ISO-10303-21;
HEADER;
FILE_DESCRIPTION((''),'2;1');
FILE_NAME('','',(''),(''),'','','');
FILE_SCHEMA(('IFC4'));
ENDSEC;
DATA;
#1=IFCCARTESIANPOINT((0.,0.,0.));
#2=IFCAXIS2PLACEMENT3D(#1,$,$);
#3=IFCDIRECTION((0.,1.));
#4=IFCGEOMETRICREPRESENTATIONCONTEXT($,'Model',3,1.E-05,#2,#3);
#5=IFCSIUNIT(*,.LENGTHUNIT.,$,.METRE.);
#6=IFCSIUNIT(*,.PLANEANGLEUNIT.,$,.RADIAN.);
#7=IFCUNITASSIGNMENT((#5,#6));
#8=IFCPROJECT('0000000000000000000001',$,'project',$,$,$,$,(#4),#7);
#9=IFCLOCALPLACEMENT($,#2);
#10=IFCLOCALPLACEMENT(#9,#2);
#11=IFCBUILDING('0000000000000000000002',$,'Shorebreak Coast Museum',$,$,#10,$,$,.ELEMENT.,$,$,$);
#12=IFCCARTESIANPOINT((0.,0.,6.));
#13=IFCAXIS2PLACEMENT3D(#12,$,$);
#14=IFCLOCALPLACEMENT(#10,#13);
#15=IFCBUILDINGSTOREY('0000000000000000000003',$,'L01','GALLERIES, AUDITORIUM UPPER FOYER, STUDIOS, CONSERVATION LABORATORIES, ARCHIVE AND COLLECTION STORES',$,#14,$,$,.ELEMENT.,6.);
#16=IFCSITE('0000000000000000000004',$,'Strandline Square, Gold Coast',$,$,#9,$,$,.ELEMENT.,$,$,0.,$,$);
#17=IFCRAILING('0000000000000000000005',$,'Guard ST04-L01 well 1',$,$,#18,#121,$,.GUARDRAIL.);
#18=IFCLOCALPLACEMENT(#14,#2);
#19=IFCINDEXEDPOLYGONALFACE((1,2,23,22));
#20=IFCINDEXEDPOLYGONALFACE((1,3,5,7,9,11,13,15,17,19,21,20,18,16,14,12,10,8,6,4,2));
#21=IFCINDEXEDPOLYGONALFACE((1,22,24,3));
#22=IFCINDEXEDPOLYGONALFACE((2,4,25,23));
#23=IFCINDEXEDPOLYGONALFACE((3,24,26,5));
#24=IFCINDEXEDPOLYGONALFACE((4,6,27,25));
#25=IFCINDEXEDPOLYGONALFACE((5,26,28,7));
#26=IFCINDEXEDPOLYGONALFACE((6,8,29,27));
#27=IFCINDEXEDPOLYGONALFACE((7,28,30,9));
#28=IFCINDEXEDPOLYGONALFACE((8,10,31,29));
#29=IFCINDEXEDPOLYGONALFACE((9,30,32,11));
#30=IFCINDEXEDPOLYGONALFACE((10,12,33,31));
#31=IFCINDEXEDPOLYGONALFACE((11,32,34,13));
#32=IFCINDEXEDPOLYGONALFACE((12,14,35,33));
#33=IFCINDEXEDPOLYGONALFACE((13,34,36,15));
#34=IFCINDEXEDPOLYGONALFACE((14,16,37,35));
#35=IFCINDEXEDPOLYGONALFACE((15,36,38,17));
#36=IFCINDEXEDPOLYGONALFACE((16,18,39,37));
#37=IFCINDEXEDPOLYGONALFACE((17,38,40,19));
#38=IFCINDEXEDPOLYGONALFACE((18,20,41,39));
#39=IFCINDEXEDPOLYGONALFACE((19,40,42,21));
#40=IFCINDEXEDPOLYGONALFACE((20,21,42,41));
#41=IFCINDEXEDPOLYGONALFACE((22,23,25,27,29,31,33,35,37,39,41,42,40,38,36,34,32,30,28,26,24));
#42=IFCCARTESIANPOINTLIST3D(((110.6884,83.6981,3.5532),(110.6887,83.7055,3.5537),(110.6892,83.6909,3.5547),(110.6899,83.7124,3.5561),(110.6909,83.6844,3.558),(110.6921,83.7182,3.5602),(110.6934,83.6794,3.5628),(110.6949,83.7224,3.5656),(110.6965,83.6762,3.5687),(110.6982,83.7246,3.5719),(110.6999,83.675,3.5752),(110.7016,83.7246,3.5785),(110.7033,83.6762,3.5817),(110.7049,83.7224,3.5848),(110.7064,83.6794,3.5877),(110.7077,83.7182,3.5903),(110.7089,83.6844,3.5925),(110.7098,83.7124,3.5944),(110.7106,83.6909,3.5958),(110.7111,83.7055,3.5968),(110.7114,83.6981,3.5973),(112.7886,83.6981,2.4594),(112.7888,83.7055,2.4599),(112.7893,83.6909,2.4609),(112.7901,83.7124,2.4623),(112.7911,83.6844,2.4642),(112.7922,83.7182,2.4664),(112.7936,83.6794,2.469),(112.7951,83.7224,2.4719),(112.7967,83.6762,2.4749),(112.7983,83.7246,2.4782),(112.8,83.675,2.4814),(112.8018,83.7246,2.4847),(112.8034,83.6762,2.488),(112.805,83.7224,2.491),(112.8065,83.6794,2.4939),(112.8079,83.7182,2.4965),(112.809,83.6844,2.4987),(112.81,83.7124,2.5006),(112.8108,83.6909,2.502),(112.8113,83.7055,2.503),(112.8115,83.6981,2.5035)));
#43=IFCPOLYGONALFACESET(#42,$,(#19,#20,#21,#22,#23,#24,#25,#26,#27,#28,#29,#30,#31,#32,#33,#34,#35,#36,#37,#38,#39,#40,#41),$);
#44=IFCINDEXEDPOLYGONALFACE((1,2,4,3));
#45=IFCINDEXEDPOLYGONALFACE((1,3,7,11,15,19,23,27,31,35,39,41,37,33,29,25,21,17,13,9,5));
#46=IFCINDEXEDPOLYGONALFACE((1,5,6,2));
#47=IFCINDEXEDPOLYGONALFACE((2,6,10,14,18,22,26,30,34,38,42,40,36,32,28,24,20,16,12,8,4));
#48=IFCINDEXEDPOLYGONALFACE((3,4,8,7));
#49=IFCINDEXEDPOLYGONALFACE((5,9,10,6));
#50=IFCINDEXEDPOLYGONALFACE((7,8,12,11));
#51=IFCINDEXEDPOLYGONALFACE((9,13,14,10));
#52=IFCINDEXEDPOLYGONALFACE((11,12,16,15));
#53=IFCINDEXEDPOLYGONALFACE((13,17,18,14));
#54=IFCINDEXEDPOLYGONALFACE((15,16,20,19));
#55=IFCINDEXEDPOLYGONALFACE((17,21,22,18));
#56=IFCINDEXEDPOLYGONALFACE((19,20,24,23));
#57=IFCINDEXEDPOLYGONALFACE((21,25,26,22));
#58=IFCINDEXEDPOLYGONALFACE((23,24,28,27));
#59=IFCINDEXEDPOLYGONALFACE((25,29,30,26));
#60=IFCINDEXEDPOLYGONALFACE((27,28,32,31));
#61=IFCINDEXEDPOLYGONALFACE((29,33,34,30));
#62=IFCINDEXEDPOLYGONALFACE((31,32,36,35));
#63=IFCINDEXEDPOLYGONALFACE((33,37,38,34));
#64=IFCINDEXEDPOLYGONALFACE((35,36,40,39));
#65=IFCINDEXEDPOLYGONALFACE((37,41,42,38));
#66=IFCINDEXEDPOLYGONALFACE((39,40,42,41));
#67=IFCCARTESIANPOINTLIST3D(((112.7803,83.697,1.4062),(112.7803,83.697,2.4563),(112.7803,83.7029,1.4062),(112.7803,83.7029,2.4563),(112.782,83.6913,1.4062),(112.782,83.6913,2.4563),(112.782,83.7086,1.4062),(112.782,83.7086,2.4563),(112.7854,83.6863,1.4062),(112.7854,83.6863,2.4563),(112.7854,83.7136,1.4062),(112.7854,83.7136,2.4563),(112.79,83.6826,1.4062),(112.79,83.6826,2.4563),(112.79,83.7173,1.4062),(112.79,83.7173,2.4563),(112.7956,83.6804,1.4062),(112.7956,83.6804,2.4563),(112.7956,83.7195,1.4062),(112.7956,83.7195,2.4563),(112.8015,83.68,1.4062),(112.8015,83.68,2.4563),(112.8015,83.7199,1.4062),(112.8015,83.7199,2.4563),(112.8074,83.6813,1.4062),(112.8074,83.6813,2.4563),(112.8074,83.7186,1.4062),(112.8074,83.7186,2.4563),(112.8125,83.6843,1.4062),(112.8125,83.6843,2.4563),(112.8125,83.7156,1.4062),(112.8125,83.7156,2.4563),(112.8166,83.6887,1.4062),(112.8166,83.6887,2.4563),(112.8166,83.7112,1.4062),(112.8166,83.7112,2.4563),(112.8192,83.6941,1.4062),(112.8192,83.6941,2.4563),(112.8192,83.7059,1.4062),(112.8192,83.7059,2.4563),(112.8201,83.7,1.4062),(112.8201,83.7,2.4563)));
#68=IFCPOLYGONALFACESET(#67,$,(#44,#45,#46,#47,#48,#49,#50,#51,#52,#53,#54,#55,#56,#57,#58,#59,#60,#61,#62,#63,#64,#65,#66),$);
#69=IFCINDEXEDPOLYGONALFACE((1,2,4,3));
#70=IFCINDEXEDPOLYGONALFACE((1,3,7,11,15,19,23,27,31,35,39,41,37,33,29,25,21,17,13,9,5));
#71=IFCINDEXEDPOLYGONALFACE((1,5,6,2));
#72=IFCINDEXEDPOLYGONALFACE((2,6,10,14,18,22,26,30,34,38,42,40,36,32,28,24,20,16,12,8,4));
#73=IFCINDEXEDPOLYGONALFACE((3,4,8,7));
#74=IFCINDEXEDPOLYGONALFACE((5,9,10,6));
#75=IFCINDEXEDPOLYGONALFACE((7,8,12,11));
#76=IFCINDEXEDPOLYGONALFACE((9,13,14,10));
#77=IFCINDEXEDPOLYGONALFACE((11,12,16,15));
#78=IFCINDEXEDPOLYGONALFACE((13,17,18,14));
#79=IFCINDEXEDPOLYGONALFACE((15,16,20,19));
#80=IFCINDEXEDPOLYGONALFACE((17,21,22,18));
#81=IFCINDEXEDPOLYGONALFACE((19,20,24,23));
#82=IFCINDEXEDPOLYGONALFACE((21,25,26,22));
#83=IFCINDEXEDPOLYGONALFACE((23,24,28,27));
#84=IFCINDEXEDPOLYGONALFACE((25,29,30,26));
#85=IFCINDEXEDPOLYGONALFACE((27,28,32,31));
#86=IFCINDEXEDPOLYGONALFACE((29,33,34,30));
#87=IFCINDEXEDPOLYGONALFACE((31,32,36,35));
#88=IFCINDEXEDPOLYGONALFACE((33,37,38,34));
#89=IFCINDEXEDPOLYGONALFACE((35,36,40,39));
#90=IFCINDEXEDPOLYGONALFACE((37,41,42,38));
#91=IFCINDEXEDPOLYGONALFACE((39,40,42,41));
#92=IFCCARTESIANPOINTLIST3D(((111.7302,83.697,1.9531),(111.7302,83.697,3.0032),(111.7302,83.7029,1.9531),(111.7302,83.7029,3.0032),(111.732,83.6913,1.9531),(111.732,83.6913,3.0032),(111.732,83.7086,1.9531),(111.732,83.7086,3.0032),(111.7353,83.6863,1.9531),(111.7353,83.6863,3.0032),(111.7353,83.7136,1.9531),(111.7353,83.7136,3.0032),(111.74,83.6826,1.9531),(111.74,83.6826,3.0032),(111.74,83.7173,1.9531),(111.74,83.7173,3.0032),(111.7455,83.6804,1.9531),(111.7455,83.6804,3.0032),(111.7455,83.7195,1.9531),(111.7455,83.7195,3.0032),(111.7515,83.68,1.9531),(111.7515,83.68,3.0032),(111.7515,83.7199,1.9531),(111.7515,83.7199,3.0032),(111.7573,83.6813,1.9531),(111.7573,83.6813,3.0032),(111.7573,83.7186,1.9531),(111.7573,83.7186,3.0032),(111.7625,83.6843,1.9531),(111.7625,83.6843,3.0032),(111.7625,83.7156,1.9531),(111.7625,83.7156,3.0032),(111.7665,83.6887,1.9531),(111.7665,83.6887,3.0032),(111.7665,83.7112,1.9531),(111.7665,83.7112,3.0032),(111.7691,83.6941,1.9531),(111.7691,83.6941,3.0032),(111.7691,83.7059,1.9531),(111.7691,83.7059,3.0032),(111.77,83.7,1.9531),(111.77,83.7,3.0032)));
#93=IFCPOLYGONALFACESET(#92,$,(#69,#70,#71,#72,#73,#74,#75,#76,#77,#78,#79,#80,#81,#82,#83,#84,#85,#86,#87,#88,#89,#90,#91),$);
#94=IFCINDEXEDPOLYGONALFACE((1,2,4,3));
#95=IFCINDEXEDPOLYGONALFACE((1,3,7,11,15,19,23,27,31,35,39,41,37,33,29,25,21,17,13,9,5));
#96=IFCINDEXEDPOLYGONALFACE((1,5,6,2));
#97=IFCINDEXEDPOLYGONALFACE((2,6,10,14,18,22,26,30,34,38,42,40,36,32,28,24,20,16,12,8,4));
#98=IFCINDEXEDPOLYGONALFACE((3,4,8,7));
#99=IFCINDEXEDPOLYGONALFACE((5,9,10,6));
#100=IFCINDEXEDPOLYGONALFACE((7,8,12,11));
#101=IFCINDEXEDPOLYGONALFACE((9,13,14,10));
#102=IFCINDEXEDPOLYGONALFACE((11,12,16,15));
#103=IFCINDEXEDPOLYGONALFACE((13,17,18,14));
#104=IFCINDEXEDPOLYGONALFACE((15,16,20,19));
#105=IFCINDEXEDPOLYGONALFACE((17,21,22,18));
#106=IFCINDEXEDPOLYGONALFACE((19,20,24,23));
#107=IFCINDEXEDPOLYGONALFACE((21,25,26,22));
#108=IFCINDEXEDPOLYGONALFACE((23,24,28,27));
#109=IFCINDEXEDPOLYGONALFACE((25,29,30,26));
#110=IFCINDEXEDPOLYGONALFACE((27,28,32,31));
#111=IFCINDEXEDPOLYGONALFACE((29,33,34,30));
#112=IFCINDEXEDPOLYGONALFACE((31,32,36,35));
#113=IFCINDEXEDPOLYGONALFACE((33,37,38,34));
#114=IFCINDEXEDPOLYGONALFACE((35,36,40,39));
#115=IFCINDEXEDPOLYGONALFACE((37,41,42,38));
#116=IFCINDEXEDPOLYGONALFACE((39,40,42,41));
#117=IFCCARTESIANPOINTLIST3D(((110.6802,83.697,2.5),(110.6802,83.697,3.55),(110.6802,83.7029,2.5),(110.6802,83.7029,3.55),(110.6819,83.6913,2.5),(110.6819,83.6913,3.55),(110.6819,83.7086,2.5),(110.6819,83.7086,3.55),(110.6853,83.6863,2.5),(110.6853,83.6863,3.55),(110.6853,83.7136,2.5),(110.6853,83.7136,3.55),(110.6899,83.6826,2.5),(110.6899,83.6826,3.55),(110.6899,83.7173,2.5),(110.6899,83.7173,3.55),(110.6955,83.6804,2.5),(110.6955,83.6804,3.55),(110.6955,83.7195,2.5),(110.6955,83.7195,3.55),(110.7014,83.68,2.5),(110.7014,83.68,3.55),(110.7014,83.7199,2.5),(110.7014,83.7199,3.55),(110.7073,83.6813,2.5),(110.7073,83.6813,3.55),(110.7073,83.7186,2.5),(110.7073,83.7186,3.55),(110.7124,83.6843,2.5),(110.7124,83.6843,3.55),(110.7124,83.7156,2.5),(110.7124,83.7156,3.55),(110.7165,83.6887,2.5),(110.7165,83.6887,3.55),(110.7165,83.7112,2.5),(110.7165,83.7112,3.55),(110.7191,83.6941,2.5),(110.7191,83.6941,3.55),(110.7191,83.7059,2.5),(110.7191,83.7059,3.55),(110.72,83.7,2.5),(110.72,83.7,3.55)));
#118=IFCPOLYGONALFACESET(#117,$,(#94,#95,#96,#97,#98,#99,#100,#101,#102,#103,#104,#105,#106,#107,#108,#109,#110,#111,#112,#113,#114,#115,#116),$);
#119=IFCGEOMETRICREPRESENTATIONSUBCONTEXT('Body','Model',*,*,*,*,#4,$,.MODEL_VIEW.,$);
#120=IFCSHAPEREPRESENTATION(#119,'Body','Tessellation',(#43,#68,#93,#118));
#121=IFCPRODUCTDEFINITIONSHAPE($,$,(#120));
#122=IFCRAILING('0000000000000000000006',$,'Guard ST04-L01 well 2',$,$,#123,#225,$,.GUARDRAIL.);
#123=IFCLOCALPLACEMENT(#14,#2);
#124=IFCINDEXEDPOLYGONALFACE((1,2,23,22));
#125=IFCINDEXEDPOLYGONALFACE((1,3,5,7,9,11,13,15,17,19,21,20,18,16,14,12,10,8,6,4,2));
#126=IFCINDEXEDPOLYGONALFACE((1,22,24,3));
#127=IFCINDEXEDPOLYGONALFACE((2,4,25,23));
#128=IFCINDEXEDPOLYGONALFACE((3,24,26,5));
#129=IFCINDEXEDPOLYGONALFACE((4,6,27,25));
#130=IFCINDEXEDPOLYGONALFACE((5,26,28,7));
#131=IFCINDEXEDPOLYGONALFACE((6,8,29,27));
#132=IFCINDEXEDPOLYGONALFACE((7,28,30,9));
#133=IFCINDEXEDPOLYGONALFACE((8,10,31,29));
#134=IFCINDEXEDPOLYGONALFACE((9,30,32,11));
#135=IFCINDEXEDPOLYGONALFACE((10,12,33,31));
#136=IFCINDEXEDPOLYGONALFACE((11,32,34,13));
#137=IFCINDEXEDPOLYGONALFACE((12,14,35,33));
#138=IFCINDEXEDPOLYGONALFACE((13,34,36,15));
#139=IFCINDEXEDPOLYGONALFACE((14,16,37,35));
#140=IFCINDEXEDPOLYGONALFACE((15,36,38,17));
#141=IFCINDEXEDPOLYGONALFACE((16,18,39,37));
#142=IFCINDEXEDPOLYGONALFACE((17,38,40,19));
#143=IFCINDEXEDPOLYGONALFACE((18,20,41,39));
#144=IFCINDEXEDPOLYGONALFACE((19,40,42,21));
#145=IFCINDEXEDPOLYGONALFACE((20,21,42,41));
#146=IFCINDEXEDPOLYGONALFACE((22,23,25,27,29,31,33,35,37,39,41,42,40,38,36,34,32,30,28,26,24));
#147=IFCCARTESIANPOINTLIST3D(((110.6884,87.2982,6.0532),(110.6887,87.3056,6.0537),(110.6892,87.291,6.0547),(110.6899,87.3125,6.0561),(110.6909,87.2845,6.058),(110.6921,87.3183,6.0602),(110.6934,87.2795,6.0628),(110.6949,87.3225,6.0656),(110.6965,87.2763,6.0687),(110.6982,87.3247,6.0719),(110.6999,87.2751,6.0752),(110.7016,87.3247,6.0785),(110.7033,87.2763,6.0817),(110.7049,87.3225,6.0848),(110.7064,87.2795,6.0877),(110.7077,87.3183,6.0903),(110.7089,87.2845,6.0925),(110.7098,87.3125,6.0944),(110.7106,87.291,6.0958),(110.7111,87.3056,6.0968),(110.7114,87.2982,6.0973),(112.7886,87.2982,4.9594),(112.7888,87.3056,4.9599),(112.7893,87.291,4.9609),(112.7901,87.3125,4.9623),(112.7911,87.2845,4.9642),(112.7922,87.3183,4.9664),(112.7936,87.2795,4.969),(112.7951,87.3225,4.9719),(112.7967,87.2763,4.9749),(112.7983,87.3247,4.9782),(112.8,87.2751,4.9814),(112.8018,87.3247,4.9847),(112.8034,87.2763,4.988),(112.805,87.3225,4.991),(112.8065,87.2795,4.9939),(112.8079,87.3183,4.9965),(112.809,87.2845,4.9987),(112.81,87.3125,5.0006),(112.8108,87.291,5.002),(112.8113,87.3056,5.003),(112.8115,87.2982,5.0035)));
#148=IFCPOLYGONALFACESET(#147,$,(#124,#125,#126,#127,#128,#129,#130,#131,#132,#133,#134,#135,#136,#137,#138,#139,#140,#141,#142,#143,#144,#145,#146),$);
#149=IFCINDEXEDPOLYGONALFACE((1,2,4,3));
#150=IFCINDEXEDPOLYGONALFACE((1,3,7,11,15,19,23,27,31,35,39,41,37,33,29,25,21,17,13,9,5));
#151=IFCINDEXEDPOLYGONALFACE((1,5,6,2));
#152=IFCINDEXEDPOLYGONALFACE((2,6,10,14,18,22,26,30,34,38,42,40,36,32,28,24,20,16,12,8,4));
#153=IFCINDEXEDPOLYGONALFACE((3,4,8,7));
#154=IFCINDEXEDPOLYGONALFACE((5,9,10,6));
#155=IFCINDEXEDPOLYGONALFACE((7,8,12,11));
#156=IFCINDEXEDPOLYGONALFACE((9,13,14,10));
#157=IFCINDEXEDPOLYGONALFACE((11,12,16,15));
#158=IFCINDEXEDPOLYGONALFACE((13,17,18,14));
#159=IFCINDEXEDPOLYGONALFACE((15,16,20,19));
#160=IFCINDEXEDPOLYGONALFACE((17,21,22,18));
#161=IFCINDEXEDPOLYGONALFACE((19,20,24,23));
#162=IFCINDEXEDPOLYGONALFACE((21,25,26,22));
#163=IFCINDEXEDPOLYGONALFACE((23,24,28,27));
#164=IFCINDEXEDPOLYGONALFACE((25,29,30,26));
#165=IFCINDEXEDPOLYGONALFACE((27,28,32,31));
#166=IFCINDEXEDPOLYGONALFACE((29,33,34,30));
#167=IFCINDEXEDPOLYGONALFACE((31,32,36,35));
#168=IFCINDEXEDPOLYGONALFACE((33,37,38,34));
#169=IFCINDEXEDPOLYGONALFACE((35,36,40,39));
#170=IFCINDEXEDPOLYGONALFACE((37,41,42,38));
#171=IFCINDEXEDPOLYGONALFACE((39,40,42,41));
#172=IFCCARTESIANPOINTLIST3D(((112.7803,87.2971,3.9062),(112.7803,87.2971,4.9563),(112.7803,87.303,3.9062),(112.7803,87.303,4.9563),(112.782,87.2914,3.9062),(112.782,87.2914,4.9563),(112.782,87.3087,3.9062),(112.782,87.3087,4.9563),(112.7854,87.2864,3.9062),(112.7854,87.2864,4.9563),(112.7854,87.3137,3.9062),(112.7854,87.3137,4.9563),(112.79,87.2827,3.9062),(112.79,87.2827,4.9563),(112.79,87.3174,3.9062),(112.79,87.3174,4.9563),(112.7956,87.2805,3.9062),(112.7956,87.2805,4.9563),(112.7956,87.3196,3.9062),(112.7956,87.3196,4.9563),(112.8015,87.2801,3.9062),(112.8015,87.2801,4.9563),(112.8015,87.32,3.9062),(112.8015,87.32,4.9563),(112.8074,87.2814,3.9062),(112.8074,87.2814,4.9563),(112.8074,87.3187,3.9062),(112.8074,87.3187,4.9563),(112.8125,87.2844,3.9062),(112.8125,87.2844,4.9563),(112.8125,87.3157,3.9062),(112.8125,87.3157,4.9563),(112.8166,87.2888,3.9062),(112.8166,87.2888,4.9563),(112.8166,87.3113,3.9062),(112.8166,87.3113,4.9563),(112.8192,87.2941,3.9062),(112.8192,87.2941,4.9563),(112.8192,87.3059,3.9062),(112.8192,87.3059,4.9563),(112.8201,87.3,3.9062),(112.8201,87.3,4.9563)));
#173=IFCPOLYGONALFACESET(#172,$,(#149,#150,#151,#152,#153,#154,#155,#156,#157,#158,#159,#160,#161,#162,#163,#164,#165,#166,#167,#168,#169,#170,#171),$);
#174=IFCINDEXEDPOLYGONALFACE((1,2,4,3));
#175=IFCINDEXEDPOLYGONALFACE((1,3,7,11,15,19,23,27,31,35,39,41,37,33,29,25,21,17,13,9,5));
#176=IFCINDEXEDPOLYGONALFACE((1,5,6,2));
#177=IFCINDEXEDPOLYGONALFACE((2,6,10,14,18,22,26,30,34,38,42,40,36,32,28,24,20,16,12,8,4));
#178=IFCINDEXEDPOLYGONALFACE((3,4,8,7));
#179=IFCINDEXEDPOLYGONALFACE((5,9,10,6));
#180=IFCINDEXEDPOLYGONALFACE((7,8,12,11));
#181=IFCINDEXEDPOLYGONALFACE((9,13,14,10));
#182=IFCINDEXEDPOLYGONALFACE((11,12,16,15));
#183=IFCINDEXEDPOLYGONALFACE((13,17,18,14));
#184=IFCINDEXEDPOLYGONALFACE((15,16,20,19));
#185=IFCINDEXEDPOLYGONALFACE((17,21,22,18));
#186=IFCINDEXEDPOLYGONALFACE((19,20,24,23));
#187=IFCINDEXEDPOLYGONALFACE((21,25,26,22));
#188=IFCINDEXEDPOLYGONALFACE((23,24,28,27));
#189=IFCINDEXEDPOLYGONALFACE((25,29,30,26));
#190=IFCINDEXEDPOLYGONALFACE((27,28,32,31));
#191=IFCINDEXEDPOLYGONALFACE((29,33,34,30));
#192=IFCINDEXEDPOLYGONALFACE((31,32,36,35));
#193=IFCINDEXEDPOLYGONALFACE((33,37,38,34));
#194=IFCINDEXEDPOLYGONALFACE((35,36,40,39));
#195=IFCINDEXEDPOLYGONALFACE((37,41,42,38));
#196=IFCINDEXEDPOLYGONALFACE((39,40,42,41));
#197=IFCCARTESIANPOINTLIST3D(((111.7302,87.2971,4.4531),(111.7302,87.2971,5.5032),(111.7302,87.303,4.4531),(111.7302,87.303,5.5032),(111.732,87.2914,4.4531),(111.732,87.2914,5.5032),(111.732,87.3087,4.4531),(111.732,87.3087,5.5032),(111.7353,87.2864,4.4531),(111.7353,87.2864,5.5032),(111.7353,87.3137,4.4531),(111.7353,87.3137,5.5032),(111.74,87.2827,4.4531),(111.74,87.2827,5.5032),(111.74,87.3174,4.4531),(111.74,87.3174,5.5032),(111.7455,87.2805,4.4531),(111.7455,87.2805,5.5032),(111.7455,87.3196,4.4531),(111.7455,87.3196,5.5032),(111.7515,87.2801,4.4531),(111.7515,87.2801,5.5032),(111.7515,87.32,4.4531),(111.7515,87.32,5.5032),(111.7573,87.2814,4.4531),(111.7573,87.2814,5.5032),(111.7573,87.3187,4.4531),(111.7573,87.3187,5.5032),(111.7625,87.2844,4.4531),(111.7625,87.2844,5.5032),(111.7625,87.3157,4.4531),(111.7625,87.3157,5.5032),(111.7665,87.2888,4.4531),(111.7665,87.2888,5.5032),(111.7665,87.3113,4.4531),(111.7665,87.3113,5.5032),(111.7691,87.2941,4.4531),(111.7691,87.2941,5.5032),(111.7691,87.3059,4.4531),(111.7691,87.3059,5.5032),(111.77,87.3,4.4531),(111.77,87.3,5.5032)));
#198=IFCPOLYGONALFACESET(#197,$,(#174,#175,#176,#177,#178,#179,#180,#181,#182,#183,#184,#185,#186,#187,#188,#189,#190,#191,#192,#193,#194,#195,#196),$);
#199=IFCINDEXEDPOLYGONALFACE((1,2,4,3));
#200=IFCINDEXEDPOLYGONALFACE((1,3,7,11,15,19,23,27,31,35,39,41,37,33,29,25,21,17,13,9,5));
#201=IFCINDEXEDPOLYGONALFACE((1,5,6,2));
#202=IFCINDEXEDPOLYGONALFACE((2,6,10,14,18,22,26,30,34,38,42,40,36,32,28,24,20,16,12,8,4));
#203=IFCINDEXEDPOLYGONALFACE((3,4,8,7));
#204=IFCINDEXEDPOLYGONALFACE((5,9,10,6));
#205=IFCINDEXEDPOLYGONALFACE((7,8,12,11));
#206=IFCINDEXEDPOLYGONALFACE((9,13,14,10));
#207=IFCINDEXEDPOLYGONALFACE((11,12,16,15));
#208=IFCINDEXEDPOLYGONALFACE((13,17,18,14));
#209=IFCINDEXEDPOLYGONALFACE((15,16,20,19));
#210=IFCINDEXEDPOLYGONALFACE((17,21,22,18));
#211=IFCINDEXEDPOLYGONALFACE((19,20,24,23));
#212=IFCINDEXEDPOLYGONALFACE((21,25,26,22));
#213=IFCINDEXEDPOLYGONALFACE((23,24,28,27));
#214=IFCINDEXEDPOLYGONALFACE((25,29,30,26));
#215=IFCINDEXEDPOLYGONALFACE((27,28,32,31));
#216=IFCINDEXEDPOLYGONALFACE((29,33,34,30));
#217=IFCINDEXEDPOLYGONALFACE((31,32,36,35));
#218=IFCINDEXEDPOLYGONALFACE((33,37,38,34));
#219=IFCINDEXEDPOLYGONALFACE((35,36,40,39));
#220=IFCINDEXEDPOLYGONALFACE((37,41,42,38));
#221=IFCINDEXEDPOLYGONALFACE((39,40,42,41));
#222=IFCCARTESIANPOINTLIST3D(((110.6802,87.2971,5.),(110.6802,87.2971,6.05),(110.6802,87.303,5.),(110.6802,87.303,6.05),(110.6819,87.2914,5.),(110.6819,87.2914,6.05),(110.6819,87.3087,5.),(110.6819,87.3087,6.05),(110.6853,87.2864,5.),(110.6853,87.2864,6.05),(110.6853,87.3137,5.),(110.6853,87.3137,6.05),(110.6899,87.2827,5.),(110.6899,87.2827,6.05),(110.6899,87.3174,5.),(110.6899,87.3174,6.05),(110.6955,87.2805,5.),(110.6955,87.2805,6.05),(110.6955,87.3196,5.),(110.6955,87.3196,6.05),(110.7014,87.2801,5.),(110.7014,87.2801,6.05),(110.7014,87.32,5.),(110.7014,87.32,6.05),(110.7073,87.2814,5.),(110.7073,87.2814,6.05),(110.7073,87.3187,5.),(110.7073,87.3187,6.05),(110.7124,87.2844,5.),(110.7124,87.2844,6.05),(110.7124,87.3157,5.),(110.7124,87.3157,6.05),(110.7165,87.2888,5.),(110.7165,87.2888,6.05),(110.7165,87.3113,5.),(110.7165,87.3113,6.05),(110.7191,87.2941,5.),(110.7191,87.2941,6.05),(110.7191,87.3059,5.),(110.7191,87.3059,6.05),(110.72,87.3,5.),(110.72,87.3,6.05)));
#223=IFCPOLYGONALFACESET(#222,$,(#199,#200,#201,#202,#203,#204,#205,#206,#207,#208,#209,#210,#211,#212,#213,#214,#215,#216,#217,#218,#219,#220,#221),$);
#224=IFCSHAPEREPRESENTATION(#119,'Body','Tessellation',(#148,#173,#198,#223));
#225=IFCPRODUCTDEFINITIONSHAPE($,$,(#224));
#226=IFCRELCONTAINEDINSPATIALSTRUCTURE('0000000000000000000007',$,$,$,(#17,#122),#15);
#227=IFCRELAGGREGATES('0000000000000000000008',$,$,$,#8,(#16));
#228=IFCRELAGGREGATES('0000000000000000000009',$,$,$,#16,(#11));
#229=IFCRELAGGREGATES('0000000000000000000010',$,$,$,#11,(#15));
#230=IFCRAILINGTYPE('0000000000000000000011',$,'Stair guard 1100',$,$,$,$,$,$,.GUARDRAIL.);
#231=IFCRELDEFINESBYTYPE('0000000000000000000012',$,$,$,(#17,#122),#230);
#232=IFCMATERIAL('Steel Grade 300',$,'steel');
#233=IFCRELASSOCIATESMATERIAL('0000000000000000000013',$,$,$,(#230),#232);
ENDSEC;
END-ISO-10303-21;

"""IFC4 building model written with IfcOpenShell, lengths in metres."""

from ifc_helpers import new_model, si_unit, direction, frame, origin, origin_2d, place, context, subcontext, project, spatial, circle, extrude, material, type_object, element, save


model = new_model("IFC4")

# Units and contexts
model_context = context("Model", 3, precision=1e-05, world=origin(), true_north=direction((0.0, 1.0)))
body_context = subcontext(model_context, "Body", "Model", "MODEL_VIEW")
ifc_project = project(units=[si_unit("LENGTHUNIT", "METRE"), si_unit("PLANEANGLEUNIT", "RADIAN")], contexts=[model_context])

# Site, building, storey
site_placement = place(None, origin())
site = spatial("IfcSite", under=ifc_project, at=site_placement, Name="Strandline Square, Gold Coast", CompositionType="ELEMENT", RefElevation=0.0)
building_placement = place(site_placement, origin())
building = spatial("IfcBuilding", under=site, at=building_placement, Name="Shorebreak Coast Museum", CompositionType="ELEMENT")
storey_placement = place(building_placement, frame((0.0, 0.0, 6.0)))
storey = spatial("IfcBuildingStorey", under=building, at=storey_placement, Name="L01", Description="GALLERIES, AUDITORIUM UPPER FOYER, STUDIOS, CONSERVATION LABORATORIES, ARCHIVE AND COLLECTION STORES", CompositionType="ELEMENT", Elevation=6.0)

# Railings
ifc_material_1 = material(Name="Steel Grade 300", Category="steel")
railing_type_1 = type_object("IfcRailingType", Name="Stair guard 1100", PredefinedType="GUARDRAIL", material=ifc_material_1)
for number, where, name in (
    (1, (112.8, 83.7, 1.4062), "Guard ST04-L01 well 1"),
    (2, (112.8, 87.3, 3.9062), "Guard ST04-L01 well 2"),
):
    element("IfcRailing", number, at=place(storey_placement, frame(where)), inside=storey, type_object=railing_type_1, Name=name, PredefinedType="GUARDRAIL", context=body_context, shape_type="SweptSolid", body=[
        extrude(circle(Radius=0.0249, at=origin_2d()), frame((0.0, 0.0, 1.0752), z_axis=(-0.886923, 0.0, 0.461918), x_axis=(0.0, -1.0, 0.0)), (0.0, 0.0, 1.0), 2.3679),
        extrude(circle(Radius=0.02, at=origin_2d()), origin(), (0.0, 0.0, 1.0), 1.05),
        extrude(circle(Radius=0.02, at=origin_2d()), frame((-1.05, 0.0, 0.5469)), (0.0, 0.0, 1.0), 1.05),
        extrude(circle(Radius=0.02, at=origin_2d()), frame((-2.1001, 0.0, 1.0938)), (0.0, 0.0, 1.0), 1.05),
    ])

save(model, "model.ifc")
